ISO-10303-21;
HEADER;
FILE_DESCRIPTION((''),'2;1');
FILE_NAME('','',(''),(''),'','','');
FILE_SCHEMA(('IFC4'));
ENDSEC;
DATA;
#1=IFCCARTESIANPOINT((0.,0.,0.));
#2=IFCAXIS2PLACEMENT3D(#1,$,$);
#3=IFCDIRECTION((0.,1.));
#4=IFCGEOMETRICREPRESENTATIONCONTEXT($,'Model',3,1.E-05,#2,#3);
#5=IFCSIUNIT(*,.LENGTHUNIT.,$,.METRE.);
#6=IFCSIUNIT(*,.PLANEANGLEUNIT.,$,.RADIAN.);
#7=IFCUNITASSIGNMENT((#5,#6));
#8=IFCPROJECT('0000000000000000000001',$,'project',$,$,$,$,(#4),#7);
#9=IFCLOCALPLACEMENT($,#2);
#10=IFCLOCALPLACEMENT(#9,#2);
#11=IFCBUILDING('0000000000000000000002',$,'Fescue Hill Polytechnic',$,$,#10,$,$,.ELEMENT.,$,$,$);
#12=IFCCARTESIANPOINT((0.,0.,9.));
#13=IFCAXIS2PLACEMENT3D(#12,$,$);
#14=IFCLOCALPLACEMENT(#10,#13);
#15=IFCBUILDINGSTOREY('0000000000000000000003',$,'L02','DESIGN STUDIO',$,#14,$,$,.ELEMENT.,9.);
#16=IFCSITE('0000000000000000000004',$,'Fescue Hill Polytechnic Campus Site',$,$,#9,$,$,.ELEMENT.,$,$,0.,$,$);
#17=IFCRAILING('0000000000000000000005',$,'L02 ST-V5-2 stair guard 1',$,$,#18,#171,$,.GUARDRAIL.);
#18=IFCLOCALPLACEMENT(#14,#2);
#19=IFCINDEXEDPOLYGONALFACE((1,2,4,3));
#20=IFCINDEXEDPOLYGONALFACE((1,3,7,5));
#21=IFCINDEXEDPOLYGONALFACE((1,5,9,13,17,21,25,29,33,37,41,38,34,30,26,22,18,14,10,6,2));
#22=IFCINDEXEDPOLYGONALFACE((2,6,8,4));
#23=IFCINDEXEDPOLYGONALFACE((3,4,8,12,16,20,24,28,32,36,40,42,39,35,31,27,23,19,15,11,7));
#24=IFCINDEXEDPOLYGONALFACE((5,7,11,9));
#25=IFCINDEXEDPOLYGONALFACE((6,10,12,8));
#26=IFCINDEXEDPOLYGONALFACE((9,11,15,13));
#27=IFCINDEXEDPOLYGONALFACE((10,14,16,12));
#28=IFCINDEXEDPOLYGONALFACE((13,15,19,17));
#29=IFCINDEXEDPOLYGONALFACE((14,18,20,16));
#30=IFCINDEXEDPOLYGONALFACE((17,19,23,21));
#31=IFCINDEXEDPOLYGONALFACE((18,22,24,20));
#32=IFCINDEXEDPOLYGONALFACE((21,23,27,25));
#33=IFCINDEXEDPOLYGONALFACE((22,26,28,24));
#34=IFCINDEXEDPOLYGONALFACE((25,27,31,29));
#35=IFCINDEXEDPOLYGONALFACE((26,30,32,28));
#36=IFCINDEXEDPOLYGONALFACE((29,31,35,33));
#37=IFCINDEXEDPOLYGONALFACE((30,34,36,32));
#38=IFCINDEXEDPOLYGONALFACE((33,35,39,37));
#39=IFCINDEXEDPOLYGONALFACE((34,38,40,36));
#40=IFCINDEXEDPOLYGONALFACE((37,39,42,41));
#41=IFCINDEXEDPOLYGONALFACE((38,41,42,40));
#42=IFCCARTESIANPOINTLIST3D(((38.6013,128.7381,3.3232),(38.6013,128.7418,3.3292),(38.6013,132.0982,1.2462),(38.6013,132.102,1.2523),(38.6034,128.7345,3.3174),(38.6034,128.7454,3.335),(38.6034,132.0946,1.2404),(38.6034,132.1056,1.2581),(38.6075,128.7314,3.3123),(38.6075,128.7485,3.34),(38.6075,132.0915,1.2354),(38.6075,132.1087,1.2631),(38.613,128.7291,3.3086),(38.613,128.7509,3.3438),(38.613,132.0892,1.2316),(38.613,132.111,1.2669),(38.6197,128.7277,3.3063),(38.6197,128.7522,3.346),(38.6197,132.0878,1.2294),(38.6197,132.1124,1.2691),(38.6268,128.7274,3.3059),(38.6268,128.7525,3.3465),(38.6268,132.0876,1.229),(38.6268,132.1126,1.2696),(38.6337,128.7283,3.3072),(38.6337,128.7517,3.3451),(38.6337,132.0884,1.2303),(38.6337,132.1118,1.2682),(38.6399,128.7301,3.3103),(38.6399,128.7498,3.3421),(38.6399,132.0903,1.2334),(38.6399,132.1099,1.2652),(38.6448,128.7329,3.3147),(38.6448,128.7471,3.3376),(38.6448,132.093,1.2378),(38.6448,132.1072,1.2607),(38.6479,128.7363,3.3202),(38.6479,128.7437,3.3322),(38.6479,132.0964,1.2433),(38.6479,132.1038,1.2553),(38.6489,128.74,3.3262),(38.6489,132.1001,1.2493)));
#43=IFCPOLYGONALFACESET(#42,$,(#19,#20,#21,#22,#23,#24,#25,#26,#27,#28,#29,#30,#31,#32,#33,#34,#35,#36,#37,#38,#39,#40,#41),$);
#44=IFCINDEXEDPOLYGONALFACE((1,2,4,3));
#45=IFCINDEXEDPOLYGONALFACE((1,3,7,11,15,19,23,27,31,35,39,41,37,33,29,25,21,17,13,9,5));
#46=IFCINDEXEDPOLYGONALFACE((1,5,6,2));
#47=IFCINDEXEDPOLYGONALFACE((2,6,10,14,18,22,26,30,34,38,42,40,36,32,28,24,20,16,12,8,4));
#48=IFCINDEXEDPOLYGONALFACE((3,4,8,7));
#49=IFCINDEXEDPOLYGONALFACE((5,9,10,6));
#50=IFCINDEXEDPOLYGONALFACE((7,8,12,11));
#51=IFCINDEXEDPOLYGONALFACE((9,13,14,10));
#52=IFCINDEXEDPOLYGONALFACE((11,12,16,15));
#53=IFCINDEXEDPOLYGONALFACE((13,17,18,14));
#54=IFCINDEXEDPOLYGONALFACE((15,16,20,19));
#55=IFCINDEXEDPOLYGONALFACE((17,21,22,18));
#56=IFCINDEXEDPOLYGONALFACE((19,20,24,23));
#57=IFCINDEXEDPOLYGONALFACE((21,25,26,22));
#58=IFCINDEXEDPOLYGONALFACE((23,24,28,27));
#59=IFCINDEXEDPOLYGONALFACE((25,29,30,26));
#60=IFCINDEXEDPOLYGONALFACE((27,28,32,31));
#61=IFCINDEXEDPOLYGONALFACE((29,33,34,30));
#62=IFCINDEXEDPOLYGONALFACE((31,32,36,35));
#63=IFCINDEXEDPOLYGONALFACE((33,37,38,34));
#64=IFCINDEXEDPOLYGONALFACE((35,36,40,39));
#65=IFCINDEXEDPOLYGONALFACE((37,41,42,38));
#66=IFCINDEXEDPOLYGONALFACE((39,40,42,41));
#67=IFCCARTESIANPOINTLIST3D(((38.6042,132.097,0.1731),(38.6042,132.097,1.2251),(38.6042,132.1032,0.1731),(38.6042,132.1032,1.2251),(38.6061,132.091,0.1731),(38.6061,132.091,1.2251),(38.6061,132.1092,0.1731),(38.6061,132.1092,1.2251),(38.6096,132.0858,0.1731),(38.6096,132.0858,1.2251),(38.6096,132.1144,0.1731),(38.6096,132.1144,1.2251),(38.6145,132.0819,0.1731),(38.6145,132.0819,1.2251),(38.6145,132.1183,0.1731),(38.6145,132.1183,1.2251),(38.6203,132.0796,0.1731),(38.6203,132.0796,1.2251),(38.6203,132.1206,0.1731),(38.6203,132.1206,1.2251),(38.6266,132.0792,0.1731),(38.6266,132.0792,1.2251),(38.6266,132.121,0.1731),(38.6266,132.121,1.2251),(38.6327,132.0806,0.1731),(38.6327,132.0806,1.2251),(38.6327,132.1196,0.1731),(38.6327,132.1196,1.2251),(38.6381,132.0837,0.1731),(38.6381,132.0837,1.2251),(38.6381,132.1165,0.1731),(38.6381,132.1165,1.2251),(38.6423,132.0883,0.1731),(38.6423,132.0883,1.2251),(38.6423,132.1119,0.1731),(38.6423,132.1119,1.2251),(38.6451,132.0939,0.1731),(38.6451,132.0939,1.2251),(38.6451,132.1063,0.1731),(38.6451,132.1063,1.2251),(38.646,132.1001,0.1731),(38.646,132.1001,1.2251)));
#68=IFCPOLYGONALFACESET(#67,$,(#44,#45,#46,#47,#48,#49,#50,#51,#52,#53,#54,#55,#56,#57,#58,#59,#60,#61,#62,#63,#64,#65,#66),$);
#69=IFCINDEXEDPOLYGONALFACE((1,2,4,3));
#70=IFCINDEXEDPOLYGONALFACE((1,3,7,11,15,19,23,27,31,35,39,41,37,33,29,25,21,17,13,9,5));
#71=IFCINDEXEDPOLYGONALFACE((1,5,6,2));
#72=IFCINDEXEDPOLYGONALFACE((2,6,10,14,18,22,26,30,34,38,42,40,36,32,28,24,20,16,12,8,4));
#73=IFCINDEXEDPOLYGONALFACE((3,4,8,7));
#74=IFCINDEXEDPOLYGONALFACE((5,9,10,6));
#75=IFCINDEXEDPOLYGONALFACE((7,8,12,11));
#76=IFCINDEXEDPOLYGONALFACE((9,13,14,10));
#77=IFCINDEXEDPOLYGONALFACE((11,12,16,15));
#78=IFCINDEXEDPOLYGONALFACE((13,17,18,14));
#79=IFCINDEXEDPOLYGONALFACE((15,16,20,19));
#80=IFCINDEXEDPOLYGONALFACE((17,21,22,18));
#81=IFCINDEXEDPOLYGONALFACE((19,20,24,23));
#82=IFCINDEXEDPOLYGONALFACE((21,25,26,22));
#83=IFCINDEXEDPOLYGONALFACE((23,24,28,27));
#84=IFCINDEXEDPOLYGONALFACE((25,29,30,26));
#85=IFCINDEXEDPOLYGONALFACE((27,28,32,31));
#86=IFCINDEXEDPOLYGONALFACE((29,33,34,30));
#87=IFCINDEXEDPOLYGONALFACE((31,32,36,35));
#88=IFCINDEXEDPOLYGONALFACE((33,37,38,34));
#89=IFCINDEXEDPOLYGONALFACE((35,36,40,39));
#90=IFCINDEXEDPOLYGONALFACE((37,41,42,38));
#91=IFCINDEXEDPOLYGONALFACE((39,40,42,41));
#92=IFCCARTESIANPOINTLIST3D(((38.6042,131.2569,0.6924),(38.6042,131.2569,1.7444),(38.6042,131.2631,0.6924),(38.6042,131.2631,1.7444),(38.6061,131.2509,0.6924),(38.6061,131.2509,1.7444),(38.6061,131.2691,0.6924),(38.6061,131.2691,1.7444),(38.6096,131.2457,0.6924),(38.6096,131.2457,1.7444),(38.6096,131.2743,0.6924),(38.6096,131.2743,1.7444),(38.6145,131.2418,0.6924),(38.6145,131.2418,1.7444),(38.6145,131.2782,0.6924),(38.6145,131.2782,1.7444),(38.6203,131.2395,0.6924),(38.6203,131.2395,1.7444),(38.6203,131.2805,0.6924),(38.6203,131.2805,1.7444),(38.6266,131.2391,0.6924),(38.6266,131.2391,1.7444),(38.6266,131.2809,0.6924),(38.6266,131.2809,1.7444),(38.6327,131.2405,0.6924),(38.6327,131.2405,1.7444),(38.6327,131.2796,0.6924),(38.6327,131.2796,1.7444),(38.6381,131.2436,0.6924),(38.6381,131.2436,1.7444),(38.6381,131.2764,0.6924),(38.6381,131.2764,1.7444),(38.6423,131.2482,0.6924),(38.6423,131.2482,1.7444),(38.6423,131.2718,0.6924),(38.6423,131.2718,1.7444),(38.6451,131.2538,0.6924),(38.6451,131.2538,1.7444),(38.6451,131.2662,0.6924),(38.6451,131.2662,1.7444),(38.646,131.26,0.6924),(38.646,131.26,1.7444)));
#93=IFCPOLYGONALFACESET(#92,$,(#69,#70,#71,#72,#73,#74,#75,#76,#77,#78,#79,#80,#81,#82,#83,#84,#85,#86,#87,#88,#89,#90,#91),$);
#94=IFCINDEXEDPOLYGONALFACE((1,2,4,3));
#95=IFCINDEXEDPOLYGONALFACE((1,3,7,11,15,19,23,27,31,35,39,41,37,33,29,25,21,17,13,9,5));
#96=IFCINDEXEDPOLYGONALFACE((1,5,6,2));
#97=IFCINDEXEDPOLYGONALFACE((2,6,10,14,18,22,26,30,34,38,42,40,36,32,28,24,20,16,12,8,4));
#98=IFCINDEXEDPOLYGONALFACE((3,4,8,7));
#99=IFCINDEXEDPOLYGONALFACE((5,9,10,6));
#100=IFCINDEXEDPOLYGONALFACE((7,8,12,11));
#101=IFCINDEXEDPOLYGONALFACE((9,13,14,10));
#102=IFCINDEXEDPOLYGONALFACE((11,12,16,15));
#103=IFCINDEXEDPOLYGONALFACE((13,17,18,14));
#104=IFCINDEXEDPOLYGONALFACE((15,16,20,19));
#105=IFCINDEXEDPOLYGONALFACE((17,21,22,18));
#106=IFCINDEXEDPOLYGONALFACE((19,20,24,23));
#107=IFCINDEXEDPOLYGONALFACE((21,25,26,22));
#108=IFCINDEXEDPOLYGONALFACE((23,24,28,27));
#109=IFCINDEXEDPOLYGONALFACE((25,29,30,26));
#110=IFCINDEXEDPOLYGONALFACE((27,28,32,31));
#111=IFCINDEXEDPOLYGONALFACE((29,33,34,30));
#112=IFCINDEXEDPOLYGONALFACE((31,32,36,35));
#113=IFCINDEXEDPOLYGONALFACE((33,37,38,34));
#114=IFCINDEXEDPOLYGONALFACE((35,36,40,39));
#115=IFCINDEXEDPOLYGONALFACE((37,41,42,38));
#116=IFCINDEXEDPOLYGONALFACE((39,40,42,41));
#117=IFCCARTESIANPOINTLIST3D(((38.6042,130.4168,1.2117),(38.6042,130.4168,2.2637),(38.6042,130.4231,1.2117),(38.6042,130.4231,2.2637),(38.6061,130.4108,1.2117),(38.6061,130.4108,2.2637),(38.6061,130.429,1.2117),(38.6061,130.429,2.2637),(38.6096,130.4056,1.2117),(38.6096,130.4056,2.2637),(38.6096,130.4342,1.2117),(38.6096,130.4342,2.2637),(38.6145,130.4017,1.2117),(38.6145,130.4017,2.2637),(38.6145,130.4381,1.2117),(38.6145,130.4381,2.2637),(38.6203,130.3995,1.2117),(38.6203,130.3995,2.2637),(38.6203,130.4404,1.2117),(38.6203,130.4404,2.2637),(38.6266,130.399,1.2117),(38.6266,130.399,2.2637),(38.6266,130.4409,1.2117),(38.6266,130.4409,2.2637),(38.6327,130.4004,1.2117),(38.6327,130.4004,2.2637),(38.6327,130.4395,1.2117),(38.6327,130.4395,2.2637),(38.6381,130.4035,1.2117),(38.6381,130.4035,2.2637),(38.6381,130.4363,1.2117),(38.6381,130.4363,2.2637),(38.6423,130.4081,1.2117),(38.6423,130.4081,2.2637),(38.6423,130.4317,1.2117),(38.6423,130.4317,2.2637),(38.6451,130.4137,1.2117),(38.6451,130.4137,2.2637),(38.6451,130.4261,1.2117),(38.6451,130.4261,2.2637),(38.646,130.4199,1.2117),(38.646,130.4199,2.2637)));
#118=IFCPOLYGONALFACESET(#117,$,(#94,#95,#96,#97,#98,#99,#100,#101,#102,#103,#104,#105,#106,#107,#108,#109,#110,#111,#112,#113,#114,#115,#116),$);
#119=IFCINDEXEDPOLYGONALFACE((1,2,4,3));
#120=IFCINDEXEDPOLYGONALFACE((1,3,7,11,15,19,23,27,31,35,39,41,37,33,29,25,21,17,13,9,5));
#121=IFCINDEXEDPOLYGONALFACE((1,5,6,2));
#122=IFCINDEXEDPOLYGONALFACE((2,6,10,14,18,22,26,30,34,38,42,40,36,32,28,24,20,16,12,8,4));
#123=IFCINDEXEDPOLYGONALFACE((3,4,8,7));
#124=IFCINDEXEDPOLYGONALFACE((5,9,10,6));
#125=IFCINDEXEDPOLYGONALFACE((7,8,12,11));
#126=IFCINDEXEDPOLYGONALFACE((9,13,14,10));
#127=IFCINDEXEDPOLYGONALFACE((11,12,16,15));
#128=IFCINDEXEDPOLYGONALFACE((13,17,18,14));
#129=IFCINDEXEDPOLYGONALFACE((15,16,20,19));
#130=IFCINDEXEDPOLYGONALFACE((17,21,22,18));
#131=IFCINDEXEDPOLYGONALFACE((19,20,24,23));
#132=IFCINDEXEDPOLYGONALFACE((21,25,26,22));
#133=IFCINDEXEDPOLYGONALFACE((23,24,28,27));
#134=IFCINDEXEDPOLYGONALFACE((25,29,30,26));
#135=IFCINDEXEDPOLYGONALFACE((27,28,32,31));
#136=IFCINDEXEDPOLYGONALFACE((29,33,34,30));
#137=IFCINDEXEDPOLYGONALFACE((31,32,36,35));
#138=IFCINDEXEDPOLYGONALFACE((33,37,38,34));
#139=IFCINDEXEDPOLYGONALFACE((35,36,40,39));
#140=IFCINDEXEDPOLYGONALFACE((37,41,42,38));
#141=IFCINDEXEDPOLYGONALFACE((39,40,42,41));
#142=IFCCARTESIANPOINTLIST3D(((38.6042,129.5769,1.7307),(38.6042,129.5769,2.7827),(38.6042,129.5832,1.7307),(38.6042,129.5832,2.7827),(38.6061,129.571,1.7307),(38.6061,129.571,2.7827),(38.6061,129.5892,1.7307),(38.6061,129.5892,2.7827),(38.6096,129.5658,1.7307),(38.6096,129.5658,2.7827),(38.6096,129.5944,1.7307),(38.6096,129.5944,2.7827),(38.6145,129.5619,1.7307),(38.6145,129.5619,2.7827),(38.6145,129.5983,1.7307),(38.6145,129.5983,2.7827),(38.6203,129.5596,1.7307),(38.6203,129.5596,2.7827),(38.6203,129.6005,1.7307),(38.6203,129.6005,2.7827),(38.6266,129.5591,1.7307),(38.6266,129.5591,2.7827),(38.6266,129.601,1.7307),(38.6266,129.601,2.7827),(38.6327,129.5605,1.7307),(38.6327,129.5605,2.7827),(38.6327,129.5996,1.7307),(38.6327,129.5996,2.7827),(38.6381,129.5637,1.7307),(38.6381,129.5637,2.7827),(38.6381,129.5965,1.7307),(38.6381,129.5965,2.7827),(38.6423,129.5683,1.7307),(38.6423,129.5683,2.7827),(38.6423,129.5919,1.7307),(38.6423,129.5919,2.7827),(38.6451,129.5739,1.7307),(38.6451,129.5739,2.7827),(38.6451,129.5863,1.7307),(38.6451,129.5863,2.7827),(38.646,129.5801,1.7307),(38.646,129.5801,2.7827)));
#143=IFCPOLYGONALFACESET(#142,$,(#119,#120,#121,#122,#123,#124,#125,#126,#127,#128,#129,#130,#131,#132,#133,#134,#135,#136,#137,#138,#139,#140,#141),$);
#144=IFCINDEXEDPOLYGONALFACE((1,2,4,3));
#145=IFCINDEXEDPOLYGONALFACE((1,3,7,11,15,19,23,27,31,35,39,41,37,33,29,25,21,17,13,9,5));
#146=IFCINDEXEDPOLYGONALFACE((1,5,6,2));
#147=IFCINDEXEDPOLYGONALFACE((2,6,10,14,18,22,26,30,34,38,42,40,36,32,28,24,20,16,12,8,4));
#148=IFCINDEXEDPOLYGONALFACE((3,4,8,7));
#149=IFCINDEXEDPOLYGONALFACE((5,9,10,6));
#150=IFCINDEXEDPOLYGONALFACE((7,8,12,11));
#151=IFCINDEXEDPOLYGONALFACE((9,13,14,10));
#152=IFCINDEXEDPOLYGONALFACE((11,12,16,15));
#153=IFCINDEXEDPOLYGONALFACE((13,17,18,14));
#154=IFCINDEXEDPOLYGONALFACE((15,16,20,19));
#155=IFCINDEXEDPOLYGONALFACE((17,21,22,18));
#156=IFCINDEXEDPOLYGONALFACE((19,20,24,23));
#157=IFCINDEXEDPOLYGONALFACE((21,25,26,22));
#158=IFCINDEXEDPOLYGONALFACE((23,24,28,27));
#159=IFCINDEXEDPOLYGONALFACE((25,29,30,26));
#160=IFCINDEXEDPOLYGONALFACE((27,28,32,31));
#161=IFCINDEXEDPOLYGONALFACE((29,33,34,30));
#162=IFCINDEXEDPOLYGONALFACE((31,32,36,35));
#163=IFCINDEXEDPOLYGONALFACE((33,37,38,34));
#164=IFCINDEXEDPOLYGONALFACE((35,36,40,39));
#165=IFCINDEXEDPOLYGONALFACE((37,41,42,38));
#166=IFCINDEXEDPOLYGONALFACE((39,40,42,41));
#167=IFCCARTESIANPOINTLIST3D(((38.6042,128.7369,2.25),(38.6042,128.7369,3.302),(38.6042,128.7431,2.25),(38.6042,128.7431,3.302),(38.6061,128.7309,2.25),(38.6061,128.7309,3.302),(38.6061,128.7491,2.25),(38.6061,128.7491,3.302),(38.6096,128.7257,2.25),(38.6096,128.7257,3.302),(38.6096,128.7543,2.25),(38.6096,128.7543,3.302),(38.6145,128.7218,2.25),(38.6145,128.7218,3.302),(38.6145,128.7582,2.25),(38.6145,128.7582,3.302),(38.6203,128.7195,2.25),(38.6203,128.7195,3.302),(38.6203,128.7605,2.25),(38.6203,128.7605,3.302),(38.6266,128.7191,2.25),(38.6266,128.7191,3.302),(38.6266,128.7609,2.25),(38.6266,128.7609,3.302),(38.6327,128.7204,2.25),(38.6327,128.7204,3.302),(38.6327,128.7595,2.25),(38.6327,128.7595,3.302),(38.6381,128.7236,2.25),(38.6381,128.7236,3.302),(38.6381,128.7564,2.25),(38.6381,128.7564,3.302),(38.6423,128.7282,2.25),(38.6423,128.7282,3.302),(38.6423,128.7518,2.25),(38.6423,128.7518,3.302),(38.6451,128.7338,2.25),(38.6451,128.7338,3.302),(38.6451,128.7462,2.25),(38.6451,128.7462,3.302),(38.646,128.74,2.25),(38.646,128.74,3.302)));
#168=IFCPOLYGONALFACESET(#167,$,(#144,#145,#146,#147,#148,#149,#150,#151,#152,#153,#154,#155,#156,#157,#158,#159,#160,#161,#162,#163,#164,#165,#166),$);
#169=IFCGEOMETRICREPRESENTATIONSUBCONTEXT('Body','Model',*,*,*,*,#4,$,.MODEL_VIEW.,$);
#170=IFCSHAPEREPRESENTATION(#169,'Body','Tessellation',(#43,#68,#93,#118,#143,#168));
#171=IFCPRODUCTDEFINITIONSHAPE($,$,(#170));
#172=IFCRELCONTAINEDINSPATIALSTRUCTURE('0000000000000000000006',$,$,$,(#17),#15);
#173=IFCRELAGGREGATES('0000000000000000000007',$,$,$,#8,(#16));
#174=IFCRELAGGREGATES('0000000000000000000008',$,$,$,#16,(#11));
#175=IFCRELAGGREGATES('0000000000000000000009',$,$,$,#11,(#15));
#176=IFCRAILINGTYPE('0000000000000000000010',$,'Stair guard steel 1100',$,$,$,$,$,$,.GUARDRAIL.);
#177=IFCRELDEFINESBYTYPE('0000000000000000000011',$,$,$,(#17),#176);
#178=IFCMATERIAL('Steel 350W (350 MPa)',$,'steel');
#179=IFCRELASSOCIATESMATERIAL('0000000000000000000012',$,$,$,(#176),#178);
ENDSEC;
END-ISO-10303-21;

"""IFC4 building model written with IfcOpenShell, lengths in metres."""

from ifc_helpers import new_model, si_unit, direction, frame, origin, origin_2d, place, context, subcontext, project, spatial, circle, extrude, material, type_object, element, save


model = new_model("IFC4")

# Units and contexts
model_context = context("Model", 3, precision=1e-05, world=origin(), true_north=direction((0.0, 1.0)))
body_context = subcontext(model_context, "Body", "Model", "MODEL_VIEW")
ifc_project = project(units=[si_unit("LENGTHUNIT", "METRE"), si_unit("PLANEANGLEUNIT", "RADIAN")], contexts=[model_context])

# Site, building, storey
site_placement = place(None, origin())
site = spatial("IfcSite", under=ifc_project, at=site_placement, Name="Fescue Hill Polytechnic Campus Site", CompositionType="ELEMENT", RefElevation=0.0)
building_placement = place(site_placement, origin())
building = spatial("IfcBuilding", under=site, at=building_placement, Name="Fescue Hill Polytechnic", CompositionType="ELEMENT")
storey_placement = place(building_placement, frame((0.0, 0.0, 9.0)))
storey = spatial("IfcBuildingStorey", under=building, at=storey_placement, Name="L02", Description="DESIGN STUDIO", CompositionType="ELEMENT", Elevation=9.0)

# Railing
ifc_material_1 = material(Name="Steel 350W (350 MPa)", Category="steel")
railing_type_1 = type_object("IfcRailingType", Name="Stair guard steel 1100", PredefinedType="GUARDRAIL", material=ifc_material_1)
railing_1_placement = place(storey_placement, frame((38.625, 132.1001, 0.1731)))
element("IfcRailing", 1, at=railing_1_placement, inside=storey, type_object=railing_type_1, Name="L02 ST-V5-2 stair guard 1", PredefinedType="GUARDRAIL", context=body_context, shape_type="SweptSolid", body=[
    extrude(circle(Radius=0.0239, at=origin_2d()), frame((0.0, 0.0, 1.0762), z_axis=(0.0, -0.850623, 0.525776), x_axis=(1.0, 0.0, 0.0)), (0.0, 0.0, 1.0), 3.9502),
    extrude(circle(Radius=0.021, at=origin_2d()), origin(), (0.0, 0.0, 1.0), 1.052),
    extrude(circle(Radius=0.021, at=origin_2d()), frame((0.0, -0.8401, 0.5193)), (0.0, 0.0, 1.0), 1.052),
    extrude(circle(Radius=0.021, at=origin_2d()), frame((0.0, -1.6802, 1.0386)), (0.0, 0.0, 1.0), 1.052),
    extrude(circle(Radius=0.021, at=origin_2d()), frame((0.0, -2.52, 1.5576)), (0.0, 0.0, 1.0), 1.052),
    extrude(circle(Radius=0.021, at=origin_2d()), frame((0.0, -3.3601, 2.0769)), (0.0, 0.0, 1.0), 1.052),
])

save(model, "model.ifc")
